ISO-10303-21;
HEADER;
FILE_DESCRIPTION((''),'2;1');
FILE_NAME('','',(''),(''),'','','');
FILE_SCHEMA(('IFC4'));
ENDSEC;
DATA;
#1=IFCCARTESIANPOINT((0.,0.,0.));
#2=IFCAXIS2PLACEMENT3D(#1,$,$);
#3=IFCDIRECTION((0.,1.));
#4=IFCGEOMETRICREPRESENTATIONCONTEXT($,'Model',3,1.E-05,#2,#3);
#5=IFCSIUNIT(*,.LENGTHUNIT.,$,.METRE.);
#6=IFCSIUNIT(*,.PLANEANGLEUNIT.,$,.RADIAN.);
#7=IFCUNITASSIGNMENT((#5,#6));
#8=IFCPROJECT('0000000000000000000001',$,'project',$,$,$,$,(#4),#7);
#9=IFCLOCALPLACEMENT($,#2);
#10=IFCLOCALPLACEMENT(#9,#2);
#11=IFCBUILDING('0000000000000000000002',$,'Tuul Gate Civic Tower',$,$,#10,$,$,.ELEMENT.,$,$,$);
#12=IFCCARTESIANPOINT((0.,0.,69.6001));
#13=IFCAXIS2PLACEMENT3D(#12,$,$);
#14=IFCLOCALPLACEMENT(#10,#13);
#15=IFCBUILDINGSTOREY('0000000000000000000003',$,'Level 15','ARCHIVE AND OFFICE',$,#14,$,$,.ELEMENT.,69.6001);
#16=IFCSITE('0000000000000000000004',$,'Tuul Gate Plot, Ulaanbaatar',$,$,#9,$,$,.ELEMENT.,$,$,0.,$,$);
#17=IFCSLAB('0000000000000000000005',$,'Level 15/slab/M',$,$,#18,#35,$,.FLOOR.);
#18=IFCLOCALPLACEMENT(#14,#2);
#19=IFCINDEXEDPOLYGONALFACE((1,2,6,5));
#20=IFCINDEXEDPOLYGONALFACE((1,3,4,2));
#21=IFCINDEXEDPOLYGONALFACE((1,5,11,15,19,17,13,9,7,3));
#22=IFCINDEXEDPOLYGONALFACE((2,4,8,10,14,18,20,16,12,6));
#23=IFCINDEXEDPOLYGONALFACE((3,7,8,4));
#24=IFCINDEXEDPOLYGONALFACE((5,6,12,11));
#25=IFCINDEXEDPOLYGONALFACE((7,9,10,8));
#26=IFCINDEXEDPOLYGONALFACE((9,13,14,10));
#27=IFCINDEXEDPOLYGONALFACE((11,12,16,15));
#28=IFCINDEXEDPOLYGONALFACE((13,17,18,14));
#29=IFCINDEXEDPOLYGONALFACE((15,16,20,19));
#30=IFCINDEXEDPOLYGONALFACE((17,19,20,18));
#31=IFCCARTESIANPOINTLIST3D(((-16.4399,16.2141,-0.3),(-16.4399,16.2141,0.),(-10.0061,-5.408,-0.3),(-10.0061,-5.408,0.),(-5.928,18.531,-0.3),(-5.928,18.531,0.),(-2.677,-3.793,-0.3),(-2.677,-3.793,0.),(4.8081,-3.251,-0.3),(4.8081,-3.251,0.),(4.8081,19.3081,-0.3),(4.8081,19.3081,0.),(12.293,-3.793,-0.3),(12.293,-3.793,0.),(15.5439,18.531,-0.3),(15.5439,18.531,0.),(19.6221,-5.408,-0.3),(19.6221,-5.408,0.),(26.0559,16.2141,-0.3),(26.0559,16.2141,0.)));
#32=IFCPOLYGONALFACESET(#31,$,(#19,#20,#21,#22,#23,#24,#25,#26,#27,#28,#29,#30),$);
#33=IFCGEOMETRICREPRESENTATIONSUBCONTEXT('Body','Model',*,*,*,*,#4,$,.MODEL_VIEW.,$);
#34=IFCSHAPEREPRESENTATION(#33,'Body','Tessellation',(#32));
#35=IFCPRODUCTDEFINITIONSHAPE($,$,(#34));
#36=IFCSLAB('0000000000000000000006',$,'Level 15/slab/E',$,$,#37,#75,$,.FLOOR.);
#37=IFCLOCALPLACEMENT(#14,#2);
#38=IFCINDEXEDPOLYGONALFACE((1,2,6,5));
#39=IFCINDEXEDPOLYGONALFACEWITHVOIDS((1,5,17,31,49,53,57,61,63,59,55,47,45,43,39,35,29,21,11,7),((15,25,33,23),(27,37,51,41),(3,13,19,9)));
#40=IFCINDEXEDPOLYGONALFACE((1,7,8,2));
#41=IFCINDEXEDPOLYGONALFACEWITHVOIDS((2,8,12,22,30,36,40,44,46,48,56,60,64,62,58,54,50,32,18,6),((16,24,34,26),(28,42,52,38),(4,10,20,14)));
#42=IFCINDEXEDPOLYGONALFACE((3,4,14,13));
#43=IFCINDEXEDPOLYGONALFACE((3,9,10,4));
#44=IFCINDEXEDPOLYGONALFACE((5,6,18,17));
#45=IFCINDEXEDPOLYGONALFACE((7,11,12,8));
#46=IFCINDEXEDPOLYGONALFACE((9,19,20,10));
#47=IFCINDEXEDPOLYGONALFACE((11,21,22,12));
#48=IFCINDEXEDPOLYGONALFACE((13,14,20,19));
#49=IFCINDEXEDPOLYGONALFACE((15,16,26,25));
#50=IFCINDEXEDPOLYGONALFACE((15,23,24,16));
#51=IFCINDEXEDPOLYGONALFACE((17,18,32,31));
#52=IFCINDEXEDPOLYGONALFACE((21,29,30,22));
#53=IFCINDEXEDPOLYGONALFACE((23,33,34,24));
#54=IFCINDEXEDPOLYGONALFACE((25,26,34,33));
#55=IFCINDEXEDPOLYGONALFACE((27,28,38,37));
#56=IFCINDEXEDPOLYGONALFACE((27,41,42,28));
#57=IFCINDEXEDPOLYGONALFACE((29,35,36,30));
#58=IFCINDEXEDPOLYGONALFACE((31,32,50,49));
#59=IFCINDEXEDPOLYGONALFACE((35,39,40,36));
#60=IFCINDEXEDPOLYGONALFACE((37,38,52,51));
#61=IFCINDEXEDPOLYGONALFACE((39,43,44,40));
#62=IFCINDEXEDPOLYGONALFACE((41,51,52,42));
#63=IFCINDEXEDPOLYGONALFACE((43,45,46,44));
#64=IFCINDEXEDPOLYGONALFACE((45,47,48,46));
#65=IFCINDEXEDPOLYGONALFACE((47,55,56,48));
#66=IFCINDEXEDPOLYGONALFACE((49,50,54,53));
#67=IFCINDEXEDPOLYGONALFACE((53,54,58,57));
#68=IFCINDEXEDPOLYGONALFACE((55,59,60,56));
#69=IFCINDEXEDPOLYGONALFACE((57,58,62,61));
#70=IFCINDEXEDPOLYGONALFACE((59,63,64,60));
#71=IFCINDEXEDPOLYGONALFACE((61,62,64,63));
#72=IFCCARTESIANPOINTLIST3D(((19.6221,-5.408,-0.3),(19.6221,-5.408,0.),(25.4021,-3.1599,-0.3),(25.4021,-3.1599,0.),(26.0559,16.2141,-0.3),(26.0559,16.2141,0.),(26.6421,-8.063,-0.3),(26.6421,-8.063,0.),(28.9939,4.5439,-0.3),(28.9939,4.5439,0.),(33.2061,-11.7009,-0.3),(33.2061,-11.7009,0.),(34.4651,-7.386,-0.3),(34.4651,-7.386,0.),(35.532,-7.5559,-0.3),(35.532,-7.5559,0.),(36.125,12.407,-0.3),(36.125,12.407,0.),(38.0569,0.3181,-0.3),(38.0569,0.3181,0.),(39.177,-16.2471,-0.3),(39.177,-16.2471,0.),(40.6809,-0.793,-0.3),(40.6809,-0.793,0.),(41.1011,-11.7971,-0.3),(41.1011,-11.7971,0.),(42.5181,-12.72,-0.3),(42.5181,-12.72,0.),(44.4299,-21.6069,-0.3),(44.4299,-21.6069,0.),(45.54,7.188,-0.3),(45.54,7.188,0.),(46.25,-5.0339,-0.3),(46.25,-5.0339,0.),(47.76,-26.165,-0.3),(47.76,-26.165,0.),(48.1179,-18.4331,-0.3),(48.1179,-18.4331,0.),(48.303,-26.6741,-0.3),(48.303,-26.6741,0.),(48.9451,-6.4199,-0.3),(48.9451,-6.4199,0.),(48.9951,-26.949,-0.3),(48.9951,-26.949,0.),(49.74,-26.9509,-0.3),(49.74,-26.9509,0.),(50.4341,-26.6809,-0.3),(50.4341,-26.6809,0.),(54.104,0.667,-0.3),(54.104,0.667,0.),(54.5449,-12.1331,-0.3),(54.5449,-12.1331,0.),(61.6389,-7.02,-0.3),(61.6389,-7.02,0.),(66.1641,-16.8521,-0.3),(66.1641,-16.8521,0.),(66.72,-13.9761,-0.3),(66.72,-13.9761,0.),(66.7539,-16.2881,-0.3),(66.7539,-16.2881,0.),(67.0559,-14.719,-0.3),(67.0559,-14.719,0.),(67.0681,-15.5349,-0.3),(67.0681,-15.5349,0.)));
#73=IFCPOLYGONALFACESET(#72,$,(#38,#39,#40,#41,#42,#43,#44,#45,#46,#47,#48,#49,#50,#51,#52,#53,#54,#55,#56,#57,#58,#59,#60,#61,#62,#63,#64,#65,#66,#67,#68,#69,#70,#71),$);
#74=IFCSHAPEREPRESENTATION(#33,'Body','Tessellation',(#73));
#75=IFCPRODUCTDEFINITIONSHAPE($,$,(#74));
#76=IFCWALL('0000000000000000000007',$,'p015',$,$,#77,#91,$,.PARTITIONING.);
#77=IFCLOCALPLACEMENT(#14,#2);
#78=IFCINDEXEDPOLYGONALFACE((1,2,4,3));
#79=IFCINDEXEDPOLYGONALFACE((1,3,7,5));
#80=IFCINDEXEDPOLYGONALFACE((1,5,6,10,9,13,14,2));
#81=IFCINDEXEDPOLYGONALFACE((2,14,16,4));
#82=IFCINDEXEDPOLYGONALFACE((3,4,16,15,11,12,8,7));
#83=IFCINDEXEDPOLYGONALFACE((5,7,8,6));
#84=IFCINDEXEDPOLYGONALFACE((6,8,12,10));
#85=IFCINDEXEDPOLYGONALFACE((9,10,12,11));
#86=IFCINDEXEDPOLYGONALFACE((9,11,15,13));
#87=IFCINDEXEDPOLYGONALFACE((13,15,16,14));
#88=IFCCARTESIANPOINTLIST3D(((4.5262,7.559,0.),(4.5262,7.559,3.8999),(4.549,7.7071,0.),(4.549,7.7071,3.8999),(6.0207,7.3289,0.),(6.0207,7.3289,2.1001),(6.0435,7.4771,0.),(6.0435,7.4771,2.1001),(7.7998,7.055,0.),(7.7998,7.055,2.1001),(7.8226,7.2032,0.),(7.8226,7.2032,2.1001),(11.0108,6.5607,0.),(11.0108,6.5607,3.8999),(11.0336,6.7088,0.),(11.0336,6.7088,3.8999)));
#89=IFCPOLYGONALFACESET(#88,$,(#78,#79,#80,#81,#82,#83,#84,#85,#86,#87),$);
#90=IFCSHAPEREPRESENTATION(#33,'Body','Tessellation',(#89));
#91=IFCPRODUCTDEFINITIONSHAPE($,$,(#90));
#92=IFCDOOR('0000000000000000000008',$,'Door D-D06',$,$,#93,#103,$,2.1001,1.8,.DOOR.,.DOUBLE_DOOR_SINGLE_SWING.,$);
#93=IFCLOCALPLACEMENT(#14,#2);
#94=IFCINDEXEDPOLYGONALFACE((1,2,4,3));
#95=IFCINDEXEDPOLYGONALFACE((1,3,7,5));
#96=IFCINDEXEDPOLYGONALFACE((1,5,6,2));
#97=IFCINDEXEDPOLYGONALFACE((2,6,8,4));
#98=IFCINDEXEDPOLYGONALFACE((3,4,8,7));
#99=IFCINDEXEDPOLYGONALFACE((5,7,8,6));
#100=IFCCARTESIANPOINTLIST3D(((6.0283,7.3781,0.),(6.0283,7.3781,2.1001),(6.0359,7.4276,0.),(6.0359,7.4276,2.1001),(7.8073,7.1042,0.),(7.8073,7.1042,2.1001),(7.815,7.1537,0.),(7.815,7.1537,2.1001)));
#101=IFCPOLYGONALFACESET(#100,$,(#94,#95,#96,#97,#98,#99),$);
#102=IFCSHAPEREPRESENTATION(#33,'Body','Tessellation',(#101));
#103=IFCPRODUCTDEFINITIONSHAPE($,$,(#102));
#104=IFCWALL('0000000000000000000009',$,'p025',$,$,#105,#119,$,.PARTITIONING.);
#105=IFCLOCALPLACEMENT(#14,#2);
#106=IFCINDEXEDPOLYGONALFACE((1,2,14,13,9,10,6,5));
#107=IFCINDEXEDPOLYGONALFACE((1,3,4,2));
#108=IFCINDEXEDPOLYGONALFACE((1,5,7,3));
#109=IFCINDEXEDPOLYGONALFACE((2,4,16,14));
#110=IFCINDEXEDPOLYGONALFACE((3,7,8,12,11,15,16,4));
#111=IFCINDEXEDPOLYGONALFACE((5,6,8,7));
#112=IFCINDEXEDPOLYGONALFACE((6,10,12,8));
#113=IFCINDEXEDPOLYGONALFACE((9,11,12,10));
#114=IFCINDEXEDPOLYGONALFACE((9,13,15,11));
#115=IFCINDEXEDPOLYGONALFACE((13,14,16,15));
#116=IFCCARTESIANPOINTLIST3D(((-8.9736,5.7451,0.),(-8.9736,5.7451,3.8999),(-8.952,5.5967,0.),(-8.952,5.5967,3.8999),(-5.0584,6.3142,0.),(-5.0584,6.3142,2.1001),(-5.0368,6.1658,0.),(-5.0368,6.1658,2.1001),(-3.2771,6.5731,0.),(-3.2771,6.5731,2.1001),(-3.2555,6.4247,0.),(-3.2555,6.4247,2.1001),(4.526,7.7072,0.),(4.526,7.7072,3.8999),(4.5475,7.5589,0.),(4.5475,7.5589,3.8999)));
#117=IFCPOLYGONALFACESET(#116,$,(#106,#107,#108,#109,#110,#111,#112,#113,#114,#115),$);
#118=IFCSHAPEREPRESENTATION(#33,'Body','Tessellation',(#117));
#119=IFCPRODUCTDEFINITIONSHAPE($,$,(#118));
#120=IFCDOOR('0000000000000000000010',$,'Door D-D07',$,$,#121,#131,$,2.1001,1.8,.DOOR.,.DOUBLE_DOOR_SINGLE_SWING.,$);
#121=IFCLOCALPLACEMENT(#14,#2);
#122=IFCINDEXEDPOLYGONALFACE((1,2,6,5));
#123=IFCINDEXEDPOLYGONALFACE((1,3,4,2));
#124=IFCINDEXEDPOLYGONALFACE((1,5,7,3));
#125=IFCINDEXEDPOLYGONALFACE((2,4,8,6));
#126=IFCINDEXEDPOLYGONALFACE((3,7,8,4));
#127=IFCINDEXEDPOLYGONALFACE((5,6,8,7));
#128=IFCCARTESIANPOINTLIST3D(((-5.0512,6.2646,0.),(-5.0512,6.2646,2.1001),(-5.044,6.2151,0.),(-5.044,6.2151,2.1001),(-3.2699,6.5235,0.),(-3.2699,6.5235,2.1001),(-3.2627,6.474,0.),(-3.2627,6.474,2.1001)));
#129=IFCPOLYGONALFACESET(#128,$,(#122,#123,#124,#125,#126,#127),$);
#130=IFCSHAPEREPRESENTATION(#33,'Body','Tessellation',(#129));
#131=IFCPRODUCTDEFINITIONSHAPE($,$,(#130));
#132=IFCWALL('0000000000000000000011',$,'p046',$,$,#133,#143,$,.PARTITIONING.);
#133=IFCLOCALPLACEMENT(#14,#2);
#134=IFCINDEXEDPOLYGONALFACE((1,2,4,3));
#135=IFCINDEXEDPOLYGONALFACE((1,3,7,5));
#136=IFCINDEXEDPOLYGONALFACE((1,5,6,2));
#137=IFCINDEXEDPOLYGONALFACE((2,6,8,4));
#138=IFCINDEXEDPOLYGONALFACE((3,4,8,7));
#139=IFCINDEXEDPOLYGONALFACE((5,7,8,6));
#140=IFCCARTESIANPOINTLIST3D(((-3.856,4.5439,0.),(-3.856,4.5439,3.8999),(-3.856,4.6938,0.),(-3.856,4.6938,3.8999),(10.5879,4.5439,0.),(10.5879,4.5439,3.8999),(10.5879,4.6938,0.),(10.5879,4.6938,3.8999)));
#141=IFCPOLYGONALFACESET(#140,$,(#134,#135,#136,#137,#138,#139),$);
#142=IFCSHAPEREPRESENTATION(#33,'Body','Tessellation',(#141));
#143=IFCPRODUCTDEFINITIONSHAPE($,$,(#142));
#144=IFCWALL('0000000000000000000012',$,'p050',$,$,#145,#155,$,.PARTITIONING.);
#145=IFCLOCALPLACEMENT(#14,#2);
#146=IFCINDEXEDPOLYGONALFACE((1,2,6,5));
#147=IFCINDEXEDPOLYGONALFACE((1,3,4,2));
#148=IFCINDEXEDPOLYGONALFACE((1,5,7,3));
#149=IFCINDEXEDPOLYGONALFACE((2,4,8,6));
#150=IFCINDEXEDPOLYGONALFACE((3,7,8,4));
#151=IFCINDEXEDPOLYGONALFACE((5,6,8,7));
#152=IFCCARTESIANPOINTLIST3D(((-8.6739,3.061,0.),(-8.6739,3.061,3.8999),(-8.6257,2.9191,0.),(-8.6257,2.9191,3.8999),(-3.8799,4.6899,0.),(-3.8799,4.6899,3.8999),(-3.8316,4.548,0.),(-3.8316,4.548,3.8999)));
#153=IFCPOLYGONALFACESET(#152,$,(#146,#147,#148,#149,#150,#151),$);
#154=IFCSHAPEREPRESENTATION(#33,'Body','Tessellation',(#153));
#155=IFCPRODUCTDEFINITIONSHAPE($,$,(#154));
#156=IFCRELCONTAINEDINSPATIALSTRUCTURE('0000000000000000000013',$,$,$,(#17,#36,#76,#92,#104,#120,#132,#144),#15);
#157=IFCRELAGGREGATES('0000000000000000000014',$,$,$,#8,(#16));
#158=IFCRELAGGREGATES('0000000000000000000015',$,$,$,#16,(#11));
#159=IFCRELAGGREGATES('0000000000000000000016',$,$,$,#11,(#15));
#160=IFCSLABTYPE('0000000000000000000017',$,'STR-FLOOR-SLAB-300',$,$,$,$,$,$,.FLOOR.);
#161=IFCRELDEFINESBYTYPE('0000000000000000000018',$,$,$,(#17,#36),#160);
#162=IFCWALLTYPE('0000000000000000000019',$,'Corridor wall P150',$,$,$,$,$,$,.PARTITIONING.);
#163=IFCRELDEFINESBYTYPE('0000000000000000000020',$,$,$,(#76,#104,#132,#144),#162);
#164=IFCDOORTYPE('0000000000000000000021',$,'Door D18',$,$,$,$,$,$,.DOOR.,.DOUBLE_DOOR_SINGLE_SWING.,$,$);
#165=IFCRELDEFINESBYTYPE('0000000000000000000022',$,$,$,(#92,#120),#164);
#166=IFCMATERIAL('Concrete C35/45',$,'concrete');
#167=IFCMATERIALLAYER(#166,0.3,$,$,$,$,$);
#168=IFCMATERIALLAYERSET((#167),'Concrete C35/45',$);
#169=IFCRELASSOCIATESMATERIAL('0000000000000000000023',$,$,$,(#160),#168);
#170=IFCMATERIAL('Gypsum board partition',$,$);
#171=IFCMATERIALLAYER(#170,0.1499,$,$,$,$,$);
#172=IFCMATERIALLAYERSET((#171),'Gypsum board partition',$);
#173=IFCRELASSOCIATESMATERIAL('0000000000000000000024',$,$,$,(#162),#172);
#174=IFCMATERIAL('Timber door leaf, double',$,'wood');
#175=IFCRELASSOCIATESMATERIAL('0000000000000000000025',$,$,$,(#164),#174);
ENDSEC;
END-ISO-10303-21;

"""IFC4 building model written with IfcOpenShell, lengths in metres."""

from ifc_helpers import new_model, si_unit, direction, frame, frame_2d, origin, place, context, subcontext, project, spatial, polyline, rectangle, outline, extrude, material, layer, layer_set, type_object, element, fill, save


model = new_model("IFC4")

# Units and contexts
model_context = context("Model", 3, precision=1e-05, world=origin(), true_north=direction((0.0, 1.0)))
body_context = subcontext(model_context, "Body", "Model", "MODEL_VIEW")
ifc_project = project(units=[si_unit("LENGTHUNIT", "METRE"), si_unit("PLANEANGLEUNIT", "RADIAN")], contexts=[model_context])

# Site, building, storey
site_placement = place(None, origin())
site = spatial("IfcSite", under=ifc_project, at=site_placement, Name="Tuul Gate Plot, Ulaanbaatar", CompositionType="ELEMENT", RefElevation=0.0)
building_placement = place(site_placement, origin())
building = spatial("IfcBuilding", under=site, at=building_placement, Name="Tuul Gate Civic Tower", CompositionType="ELEMENT")
storey_placement = place(building_placement, frame((0.0, 0.0, 69.6001)))
storey = spatial("IfcBuildingStorey", under=building, at=storey_placement, Name="Level 15", Description="ARCHIVE AND OFFICE", CompositionType="ELEMENT", Elevation=69.6001)

# Slabs
ifc_material_1 = material(Name="Concrete C35/45", Category="concrete")
ifc_layer_1 = layer(ifc_material_1, 0.3)
ifc_layer_set_1 = layer_set([ifc_layer_1], Name="Concrete C35/45")
slab_type_1 = type_object("IfcSlabType", Name="STR-FLOOR-SLAB-300", PredefinedType="FLOOR", material=ifc_layer_set_1)
slab_1_placement = place(storey_placement, frame((0.0, 0.0, -0.3)))
element("IfcSlab", 1, at=slab_1_placement, inside=storey, type_object=slab_type_1, Name="Level 15/slab/M", PredefinedType="FLOOR", context=body_context, shape_type="SweptSolid", body=[
    extrude(outline(polyline([(19.6221, -5.408), (26.0559, 16.2141), (15.5439, 18.531), (4.8081, 19.3081), (-5.928, 18.531), (-16.4399, 16.2141), (-10.0061, -5.408), (-2.677, -3.793), (4.8081, -3.251), (12.293, -3.793), (19.6221, -5.408)])), origin(), (0.0, 0.0, 1.0), 0.3),
])
slab_2_placement = place(storey_placement, frame((0.0, 0.0, -0.3)))
element("IfcSlab", 2, at=slab_2_placement, inside=storey, type_object=slab_type_1, Name="Level 15/slab/E", PredefinedType="FLOOR", context=body_context, shape_type="SweptSolid", body=[
    extrude(outline(polyline([(49.74, -26.9509), (50.4341, -26.6809), (66.1641, -16.8521), (66.7539, -16.2881), (67.0681, -15.5349), (67.0559, -14.719), (66.72, -13.9761), (61.6389, -7.02), (54.104, 0.667), (45.54, 7.188), (36.125, 12.407), (26.0559, 16.2141), (19.6221, -5.408), (26.6421, -8.063), (33.2061, -11.7009), (39.177, -16.2471), (44.4299, -21.6069), (47.76, -26.165), (48.303, -26.6741), (48.9951, -26.949), (49.74, -26.9509)]), holes=[polyline([(48.1179, -18.4331), (42.5181, -12.72), (48.9451, -6.4199), (54.5449, -12.1331), (48.1179, -18.4331)]), polyline([(35.532, -7.5559), (40.6809, -0.793), (46.25, -5.0339), (41.1011, -11.7971), (35.532, -7.5559)]), polyline([(25.4021, -3.1599), (28.9939, 4.5439), (38.0569, 0.3181), (34.4651, -7.386), (25.4021, -3.1599)])]), origin(), (0.0, 0.0, 1.0), 0.3),
])

# Walls, openings, doors
ifc_material_2 = material(Name="Gypsum board partition")
ifc_layer_2 = layer(ifc_material_2, 0.1499)
ifc_layer_set_2 = layer_set([ifc_layer_2], Name="Gypsum board partition")
wall_type_1 = type_object("IfcWallType", Name="Corridor wall P150", PredefinedType="PARTITIONING", material=ifc_layer_set_2)
wall_1_placement = place(storey_placement, frame((4.5376, 7.6331, 0.0), z_axis=(0.0, 0.0, 1.0), x_axis=(0.988357, -0.152155, 0.0)))
wall_1 = element("IfcWall", 3, at=wall_1_placement, inside=storey, type_object=wall_type_1, Name="p015", PredefinedType="PARTITIONING", context=body_context, shape_type="SweptSolid", body=[
    extrude(rectangle(XDim=6.561, YDim=0.1499, at=frame_2d((3.2805, 0.0))), origin(), (0.0, 0.0, 1.0), 3.8999),
])
opening_1_placement = place(wall_1_placement, frame((1.5122, 0.0, 0.0)))
opening_1 = element("IfcOpeningElement", 4, at=opening_1_placement, cuts=wall_1, PredefinedType="OPENING", context=body_context, shape_type="SweptSolid", body=[
    extrude(rectangle(XDim=1.8, YDim=2.1001, at=frame_2d((0.8999, 1.05))), frame((0.0, 0.085, 0.0), z_axis=(0.0, -1.0, 0.0), x_axis=(1.0, 0.0, 0.0)), (0.0, 0.0, 1.0), 0.1699),
])
ifc_material_3 = material(Name="Timber door leaf, double", Category="wood")
door_type = type_object("IfcDoorType", Name="Door D18", OperationType="DOUBLE_DOOR_SINGLE_SWING", PredefinedType="DOOR", material=ifc_material_3)
door_1_placement = place(opening_1_placement, origin())
door_1 = element("IfcDoor", 5, at=door_1_placement, inside=storey, type_object=door_type, Name="Door D-D06", OperationType="DOUBLE_DOOR_SINGLE_SWING", OverallHeight=2.1001, OverallWidth=1.8, PredefinedType="DOOR", context=body_context, shape_type="SweptSolid", body=[
    extrude(rectangle(XDim=1.8, YDim=2.1001, at=frame_2d((0.8999, 1.05))), frame((0.0, 0.0249, 0.0), z_axis=(0.0, -1.0, 0.0), x_axis=(1.0, 0.0, 0.0)), (0.0, 0.0, 1.0), 0.05),
])
fill(opening_1, door_1)
wall_2_placement = place(storey_placement, frame((-8.9629, 5.6709, 0.0), z_axis=(0.0, 0.0, 1.0), x_axis=(0.989601, 0.143839, 0.0)))
wall_2 = element("IfcWall", 6, at=wall_2_placement, inside=storey, type_object=wall_type_1, Name="p025", PredefinedType="PARTITIONING", context=body_context, shape_type="SweptSolid", body=[
    extrude(rectangle(XDim=13.6414, YDim=0.1499, at=frame_2d((6.8208, 0.0))), origin(), (0.0, 0.0, 1.0), 3.8999),
])
opening_2_placement = place(wall_2_placement, frame((3.9565, 0.0, 0.0)))
opening_2 = element("IfcOpeningElement", 7, at=opening_2_placement, cuts=wall_2, PredefinedType="OPENING", context=body_context, shape_type="SweptSolid", body=[
    extrude(rectangle(XDim=1.8, YDim=2.1001, at=frame_2d((0.8999, 1.05))), frame((0.0, 0.085, 0.0), z_axis=(0.0, -1.0, 0.0), x_axis=(1.0, 0.0, 0.0)), (0.0, 0.0, 1.0), 0.1699),
])
door_2_placement = place(opening_2_placement, origin())
door_2 = element("IfcDoor", 8, at=door_2_placement, inside=storey, type_object=door_type, Name="Door D-D07", OperationType="DOUBLE_DOOR_SINGLE_SWING", OverallHeight=2.1001, OverallWidth=1.8, PredefinedType="DOOR", context=body_context, shape_type="SweptSolid", body=[
    extrude(rectangle(XDim=1.8, YDim=2.1001, at=frame_2d((0.8999, 1.05))), frame((0.0, 0.0249, 0.0), z_axis=(0.0, -1.0, 0.0), x_axis=(1.0, 0.0, 0.0)), (0.0, 0.0, 1.0), 0.05),
])
fill(opening_2, door_2)

# Walls
wall_3_placement = place(storey_placement, frame((-3.856, 4.6189, 0.0), z_axis=(0.0, 0.0, 1.0), x_axis=(1.0, 0.0, 0.0)))
element("IfcWall", 9, at=wall_3_placement, inside=storey, type_object=wall_type_1, Name="p046", PredefinedType="PARTITIONING", context=body_context, shape_type="SweptSolid", body=[
    extrude(rectangle(XDim=14.4438, YDim=0.1499, at=frame_2d((7.2219, 0.0))), origin(), (0.0, 0.0, 1.0), 3.8999),
])
wall_4_placement = place(storey_placement, frame((-8.6499, 2.99, 0.0), z_axis=(0.0, 0.0, 1.0), x_axis=(0.946835, 0.321719, 0.0)))
element("IfcWall", 10, at=wall_4_placement, inside=storey, type_object=wall_type_1, Name="p050", PredefinedType="PARTITIONING", context=body_context, shape_type="SweptSolid", body=[
    extrude(rectangle(XDim=5.0632, YDim=0.1499, at=frame_2d((2.5317, 0.0))), origin(), (0.0, 0.0, 1.0), 3.8999),
])

save(model, "model.ifc")
